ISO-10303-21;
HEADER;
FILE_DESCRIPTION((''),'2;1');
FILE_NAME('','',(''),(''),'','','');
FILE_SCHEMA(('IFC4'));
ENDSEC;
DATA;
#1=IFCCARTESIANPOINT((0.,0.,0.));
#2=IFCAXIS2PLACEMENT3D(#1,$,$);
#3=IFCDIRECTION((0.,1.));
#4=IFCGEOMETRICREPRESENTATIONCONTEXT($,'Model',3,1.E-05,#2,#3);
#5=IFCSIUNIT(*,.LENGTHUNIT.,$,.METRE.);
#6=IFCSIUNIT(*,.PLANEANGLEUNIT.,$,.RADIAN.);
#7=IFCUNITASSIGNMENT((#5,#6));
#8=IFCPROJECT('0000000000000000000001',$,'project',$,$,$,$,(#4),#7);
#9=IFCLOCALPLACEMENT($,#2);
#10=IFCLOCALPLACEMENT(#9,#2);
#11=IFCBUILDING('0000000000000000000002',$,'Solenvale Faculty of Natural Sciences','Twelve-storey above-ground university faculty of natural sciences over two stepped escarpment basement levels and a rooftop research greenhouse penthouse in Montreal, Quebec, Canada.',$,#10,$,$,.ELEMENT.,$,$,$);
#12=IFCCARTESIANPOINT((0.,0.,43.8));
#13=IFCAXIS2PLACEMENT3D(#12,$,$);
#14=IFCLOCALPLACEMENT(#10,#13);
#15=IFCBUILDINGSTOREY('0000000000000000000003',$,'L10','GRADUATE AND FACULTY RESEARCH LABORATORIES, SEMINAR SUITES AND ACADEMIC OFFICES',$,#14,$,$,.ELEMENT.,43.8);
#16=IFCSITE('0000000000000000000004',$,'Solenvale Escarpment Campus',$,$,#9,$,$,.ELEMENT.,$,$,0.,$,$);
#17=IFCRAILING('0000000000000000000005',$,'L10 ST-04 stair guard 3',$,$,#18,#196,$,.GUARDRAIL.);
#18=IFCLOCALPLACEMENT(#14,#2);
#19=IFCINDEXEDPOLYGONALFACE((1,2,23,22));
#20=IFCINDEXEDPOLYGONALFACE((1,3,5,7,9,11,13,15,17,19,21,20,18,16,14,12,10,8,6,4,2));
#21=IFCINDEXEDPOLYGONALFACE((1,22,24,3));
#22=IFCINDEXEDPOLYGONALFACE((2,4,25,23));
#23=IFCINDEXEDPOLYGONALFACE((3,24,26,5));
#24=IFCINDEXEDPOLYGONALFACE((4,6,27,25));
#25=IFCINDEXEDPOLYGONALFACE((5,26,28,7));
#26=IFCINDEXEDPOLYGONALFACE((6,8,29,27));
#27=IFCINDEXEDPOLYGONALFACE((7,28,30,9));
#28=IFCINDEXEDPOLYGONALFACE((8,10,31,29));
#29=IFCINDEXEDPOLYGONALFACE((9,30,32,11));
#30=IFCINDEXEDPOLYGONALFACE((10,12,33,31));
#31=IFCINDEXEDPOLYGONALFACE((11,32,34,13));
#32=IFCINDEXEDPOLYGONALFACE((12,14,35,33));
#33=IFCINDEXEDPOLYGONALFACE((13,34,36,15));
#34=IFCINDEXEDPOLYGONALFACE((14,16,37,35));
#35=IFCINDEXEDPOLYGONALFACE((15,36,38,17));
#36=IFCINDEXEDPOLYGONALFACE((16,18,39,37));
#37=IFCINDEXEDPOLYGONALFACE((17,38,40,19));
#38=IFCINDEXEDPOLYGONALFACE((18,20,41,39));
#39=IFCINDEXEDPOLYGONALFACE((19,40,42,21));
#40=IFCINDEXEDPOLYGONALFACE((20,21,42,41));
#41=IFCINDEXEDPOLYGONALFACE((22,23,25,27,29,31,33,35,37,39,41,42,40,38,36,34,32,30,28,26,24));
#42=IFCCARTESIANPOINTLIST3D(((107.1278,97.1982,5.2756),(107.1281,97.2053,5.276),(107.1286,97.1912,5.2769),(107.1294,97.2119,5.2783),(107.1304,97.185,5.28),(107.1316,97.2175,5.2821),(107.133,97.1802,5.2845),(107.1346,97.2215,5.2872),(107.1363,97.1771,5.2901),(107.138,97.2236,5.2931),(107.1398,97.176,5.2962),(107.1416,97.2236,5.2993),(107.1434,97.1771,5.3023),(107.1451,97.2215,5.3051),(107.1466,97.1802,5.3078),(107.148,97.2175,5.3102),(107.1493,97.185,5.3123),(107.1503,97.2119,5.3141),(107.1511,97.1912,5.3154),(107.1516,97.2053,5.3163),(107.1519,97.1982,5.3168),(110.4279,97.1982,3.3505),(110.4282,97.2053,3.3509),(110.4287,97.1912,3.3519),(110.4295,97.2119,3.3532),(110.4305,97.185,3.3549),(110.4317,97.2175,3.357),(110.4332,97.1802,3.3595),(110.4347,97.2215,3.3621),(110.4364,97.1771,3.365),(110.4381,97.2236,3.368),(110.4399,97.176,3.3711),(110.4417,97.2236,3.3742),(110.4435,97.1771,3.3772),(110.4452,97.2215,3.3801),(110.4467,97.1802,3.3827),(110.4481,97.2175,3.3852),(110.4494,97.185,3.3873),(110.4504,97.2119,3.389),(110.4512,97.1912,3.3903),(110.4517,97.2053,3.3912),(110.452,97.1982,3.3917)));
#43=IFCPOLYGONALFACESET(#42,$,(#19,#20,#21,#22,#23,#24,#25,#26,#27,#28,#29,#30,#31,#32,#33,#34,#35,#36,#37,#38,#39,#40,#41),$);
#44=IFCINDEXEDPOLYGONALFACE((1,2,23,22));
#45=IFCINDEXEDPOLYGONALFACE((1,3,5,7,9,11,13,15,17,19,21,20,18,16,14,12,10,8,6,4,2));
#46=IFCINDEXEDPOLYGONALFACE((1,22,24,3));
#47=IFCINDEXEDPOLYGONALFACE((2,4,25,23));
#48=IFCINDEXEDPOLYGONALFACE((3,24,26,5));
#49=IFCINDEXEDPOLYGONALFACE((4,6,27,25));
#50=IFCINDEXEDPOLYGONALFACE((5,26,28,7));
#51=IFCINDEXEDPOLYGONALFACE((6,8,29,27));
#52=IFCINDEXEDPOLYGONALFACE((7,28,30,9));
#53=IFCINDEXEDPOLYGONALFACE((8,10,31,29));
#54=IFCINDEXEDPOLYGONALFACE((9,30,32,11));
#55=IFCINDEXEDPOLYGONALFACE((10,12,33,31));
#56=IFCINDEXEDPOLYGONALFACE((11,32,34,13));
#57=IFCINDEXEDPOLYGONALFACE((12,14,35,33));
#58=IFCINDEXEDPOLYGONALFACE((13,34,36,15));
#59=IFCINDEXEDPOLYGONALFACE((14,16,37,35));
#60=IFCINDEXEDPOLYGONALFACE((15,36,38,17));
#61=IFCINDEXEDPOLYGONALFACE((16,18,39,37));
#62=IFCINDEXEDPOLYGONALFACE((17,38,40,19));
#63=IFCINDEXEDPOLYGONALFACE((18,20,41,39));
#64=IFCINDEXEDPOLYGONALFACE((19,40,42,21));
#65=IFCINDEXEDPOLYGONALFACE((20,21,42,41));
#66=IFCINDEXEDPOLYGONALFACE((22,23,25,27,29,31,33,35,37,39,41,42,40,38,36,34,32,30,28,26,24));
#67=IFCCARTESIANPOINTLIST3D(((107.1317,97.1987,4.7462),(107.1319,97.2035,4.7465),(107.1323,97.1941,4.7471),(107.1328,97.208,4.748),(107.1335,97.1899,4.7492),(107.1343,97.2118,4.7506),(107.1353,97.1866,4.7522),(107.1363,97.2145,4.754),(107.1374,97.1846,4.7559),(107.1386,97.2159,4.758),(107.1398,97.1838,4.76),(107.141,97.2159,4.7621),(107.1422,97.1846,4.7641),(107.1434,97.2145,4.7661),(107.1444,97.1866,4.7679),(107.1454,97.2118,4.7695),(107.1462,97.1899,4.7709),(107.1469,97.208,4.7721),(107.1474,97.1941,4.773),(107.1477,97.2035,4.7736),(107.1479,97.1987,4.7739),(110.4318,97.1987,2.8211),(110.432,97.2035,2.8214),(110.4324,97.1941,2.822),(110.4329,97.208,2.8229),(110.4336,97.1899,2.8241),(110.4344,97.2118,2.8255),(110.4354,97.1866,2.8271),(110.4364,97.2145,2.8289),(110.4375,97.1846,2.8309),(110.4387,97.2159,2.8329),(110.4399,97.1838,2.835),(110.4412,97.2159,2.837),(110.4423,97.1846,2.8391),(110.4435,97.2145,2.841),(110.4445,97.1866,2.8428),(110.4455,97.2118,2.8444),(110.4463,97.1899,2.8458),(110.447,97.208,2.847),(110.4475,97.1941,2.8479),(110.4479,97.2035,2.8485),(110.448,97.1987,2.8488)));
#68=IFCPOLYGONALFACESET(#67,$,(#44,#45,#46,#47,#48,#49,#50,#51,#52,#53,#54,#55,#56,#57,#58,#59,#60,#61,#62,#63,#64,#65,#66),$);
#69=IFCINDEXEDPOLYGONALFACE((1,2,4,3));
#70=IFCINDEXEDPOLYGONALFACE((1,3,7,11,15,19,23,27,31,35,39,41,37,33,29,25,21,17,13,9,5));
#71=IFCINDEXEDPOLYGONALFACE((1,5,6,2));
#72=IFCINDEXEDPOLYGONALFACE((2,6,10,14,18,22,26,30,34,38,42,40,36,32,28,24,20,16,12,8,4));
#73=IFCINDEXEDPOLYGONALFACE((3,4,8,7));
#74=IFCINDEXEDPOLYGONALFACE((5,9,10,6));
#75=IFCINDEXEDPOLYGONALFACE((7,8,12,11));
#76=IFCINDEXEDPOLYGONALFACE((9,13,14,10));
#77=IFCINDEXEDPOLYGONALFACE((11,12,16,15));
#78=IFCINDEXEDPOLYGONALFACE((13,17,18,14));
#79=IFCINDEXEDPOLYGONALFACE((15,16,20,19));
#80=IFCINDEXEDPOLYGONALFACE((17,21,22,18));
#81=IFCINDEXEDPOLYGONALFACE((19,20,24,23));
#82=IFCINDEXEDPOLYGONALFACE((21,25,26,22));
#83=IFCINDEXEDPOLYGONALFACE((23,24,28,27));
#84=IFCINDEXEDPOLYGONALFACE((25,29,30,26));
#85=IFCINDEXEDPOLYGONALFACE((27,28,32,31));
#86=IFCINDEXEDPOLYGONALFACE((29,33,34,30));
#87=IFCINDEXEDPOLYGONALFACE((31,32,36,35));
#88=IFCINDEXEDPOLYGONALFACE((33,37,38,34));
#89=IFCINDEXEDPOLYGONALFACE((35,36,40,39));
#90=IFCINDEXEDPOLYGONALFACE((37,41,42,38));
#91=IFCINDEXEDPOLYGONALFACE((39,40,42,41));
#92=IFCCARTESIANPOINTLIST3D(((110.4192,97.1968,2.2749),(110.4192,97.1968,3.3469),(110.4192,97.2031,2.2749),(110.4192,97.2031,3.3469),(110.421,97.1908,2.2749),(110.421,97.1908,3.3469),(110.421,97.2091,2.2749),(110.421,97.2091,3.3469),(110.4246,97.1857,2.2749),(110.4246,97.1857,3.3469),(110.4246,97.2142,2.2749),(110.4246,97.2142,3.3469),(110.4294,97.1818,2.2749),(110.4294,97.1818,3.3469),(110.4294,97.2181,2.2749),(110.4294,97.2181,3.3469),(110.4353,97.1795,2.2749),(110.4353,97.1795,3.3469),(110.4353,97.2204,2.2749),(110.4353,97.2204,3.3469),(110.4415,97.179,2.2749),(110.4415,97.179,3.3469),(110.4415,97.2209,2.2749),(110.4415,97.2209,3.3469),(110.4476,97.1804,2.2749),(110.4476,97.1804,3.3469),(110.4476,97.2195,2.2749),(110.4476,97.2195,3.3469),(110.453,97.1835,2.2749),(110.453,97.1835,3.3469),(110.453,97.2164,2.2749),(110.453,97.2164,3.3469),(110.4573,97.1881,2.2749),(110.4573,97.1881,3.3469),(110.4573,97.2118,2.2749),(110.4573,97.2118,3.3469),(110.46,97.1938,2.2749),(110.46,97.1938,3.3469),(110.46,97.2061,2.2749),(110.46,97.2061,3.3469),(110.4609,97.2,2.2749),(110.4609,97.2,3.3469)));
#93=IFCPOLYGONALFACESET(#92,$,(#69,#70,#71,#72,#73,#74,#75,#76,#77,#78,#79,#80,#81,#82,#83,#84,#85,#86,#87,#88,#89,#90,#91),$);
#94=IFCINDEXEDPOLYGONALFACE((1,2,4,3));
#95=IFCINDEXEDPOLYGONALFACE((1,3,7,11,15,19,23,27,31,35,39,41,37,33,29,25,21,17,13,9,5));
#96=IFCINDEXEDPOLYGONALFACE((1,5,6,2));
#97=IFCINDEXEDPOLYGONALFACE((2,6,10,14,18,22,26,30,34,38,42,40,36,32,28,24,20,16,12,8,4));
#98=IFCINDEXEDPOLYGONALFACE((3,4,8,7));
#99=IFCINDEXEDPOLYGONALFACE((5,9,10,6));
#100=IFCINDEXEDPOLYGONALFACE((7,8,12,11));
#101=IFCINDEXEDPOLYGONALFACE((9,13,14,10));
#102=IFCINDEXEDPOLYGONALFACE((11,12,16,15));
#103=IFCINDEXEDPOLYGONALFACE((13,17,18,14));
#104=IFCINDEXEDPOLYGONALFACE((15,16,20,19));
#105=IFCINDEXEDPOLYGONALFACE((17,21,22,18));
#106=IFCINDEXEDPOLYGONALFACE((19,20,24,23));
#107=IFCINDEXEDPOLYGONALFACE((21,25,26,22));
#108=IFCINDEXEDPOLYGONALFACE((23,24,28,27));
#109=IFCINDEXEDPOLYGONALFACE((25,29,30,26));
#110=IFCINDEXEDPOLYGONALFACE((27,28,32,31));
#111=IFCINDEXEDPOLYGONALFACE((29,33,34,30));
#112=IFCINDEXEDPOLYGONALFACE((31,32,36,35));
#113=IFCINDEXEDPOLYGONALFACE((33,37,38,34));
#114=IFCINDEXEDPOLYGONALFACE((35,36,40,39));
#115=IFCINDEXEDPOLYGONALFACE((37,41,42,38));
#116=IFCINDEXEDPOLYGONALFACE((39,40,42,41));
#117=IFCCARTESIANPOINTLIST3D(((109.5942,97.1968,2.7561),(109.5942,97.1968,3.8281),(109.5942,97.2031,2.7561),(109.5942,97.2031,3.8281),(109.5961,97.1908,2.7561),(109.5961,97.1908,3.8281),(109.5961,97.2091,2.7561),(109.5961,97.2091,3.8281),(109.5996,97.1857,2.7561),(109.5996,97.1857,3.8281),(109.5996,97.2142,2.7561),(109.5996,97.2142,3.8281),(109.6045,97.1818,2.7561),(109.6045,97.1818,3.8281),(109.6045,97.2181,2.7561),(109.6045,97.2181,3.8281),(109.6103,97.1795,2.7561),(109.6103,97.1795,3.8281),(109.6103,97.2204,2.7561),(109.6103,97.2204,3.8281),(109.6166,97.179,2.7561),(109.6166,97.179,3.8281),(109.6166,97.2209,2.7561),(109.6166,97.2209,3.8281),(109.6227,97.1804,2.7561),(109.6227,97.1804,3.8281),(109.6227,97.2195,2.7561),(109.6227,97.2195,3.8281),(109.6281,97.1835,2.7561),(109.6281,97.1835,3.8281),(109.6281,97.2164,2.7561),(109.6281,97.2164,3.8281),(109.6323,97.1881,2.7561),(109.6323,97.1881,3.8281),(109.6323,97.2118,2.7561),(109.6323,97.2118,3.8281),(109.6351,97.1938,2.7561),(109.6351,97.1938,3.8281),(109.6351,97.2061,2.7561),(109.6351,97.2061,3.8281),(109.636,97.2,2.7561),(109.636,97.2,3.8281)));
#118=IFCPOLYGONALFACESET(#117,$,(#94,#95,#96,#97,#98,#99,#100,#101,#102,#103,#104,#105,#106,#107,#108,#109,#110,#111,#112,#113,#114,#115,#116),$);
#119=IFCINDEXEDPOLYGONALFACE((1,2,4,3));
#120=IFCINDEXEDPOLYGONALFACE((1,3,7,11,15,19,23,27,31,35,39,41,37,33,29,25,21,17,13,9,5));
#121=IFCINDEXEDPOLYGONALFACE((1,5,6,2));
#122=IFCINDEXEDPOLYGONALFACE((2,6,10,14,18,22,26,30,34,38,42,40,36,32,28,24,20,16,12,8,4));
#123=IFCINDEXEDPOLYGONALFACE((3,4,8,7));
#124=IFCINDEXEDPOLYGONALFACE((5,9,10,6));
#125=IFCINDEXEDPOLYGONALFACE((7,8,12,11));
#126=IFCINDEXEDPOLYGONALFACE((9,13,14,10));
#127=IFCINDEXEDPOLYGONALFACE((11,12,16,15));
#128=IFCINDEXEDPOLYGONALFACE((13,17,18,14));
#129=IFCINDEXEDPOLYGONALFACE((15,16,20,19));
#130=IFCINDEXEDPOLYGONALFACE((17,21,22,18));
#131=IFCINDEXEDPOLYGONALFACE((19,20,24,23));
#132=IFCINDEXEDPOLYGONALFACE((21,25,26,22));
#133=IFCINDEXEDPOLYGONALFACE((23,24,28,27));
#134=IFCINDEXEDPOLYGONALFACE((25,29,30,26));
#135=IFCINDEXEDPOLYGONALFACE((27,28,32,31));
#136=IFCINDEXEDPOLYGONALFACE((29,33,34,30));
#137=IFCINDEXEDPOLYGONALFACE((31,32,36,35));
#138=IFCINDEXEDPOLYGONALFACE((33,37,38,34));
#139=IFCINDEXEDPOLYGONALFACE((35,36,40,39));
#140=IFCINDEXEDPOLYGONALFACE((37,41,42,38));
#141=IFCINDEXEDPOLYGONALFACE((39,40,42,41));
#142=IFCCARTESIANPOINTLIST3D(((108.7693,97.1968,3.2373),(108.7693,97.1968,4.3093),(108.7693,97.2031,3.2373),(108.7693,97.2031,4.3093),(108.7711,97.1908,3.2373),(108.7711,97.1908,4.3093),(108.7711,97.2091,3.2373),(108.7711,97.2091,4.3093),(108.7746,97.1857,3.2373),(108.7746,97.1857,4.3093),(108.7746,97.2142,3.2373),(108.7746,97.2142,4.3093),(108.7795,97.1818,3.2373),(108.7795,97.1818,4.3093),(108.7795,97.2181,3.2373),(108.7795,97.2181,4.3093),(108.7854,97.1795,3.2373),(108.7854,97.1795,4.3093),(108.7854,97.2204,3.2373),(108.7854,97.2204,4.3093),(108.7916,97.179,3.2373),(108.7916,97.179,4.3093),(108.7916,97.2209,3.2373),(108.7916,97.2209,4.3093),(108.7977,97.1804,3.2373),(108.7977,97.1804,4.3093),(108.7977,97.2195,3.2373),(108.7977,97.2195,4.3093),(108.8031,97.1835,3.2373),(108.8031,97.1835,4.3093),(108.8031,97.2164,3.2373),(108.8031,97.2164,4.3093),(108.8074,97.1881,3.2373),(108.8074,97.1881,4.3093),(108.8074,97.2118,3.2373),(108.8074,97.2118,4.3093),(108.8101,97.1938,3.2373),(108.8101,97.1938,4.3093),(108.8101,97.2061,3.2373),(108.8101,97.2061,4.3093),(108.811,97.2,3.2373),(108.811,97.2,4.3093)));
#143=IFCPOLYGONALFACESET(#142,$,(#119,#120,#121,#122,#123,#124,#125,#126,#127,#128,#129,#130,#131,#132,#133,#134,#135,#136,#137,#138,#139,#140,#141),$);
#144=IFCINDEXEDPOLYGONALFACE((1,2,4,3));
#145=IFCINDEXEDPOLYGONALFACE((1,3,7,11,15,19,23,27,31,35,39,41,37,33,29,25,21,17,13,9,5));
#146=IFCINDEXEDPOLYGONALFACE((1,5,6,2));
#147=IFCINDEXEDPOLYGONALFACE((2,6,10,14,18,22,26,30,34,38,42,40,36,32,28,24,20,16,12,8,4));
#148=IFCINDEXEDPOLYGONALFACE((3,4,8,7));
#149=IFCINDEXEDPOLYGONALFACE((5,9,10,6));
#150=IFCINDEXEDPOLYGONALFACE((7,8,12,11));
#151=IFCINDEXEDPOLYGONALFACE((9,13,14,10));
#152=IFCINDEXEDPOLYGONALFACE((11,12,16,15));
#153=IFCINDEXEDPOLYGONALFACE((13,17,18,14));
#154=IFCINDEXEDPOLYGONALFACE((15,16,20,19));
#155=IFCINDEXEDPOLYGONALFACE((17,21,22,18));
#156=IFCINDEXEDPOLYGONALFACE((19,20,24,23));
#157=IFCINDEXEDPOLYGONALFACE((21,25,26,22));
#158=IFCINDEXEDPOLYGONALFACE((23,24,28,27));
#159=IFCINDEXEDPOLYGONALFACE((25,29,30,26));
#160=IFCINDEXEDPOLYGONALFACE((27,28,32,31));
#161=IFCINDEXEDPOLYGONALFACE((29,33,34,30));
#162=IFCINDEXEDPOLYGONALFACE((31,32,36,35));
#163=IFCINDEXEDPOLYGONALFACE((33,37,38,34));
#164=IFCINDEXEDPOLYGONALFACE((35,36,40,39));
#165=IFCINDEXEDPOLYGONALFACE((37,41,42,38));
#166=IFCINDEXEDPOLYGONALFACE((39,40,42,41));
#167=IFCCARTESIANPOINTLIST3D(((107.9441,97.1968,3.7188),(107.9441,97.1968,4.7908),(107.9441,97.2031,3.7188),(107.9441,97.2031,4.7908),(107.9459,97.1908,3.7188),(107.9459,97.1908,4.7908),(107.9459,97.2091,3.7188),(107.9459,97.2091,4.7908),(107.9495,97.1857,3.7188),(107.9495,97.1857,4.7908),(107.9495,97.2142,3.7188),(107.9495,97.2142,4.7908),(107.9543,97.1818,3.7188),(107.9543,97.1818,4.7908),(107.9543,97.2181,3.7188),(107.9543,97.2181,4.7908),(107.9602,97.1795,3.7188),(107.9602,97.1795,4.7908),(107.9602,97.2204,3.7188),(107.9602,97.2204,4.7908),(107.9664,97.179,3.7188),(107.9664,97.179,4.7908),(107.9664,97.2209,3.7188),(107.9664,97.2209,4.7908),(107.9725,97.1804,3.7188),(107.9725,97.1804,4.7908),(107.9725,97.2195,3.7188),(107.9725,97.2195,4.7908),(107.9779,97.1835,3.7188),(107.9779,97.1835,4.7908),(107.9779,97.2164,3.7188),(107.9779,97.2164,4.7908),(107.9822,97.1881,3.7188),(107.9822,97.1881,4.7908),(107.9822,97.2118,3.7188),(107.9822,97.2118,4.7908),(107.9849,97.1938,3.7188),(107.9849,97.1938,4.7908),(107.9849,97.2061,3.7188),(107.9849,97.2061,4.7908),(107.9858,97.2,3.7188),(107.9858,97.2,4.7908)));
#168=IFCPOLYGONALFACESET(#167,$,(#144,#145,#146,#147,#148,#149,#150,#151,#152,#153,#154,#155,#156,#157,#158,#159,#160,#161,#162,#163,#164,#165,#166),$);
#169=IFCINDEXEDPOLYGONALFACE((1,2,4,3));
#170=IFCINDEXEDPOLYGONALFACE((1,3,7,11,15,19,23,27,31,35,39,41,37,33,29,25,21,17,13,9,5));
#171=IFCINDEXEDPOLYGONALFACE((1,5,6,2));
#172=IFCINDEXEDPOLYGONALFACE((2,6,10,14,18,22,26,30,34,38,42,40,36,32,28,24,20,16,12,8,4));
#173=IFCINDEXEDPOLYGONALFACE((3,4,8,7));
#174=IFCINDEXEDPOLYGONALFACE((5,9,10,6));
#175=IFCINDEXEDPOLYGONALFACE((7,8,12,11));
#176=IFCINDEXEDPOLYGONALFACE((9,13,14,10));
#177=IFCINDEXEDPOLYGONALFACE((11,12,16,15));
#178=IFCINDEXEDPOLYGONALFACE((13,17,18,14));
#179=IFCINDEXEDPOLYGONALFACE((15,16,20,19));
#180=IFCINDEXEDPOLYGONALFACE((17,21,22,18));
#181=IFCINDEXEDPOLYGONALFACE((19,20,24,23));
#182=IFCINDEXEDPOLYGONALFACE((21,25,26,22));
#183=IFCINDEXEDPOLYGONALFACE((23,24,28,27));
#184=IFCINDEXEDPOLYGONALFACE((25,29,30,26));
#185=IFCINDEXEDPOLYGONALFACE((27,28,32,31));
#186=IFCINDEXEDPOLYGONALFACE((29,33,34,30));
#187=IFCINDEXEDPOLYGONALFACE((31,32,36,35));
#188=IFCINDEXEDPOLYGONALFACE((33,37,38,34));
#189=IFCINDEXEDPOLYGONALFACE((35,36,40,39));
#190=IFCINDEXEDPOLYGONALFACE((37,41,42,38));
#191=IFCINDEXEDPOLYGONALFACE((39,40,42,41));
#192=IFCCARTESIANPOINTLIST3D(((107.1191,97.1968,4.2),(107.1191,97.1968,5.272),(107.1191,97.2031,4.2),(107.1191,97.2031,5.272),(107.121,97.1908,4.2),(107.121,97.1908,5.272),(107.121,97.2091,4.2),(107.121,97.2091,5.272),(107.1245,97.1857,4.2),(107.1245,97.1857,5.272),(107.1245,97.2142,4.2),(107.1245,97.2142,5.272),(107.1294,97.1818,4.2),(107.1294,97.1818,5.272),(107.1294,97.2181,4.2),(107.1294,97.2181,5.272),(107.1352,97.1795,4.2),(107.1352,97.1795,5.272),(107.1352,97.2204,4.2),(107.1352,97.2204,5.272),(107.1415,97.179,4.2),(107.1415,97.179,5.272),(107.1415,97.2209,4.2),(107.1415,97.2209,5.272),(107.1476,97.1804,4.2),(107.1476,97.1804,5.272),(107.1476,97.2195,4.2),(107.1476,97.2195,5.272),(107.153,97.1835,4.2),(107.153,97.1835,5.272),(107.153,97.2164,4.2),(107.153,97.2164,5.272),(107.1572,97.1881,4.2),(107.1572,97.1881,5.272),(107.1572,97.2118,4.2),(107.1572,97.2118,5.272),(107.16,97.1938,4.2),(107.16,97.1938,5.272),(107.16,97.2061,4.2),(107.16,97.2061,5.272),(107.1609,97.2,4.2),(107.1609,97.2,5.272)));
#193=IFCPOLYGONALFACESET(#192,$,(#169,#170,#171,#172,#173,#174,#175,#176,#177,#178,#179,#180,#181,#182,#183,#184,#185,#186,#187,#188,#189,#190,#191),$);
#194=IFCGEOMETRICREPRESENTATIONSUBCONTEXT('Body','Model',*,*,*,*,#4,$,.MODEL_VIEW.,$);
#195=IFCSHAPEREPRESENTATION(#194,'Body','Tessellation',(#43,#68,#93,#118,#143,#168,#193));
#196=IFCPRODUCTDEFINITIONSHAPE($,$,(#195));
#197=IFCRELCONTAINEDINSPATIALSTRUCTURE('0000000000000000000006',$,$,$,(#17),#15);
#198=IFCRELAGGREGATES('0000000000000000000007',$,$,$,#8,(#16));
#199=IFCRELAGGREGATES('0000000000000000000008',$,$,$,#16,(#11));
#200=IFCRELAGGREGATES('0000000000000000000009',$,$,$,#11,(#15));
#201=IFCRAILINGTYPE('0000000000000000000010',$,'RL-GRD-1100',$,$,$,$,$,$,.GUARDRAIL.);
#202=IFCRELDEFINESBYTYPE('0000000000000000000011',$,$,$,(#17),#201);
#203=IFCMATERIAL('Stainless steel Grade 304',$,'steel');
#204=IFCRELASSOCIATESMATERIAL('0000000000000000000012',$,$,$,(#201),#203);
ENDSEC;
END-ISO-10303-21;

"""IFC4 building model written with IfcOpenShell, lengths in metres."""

from ifc_helpers import new_model, si_unit, direction, frame, origin, origin_2d, place, context, subcontext, project, spatial, circle, extrude, material, type_object, element, save


model = new_model("IFC4")

# Units and contexts
model_context = context("Model", 3, precision=1e-05, world=origin(), true_north=direction((0.0, 1.0)))
body_context = subcontext(model_context, "Body", "Model", "MODEL_VIEW")
ifc_project = project(units=[si_unit("LENGTHUNIT", "METRE"), si_unit("PLANEANGLEUNIT", "RADIAN")], contexts=[model_context])

# Site, building, storey
site_placement = place(None, origin())
site = spatial("IfcSite", under=ifc_project, at=site_placement, Name="Solenvale Escarpment Campus", CompositionType="ELEMENT", RefElevation=0.0)
building_placement = place(site_placement, origin())
building = spatial("IfcBuilding", under=site, at=building_placement, Name="Solenvale Faculty of Natural Sciences", Description="Twelve-storey above-ground university faculty of natural sciences over two stepped escarpment basement levels and a rooftop research greenhouse penthouse in Montreal, Quebec, Canada.", CompositionType="ELEMENT")
storey_placement = place(building_placement, frame((0.0, 0.0, 43.8)))
storey = spatial("IfcBuildingStorey", under=building, at=storey_placement, Name="L10", Description="GRADUATE AND FACULTY RESEARCH LABORATORIES, SEMINAR SUITES AND ACADEMIC OFFICES", CompositionType="ELEMENT", Elevation=43.8)

# Railing
ifc_material_1 = material(Name="Stainless steel Grade 304", Category="steel")
railing_type_1 = type_object("IfcRailingType", Name="RL-GRD-1100", PredefinedType="GUARDRAIL", material=ifc_material_1)
railing_1_placement = place(storey_placement, frame((110.4399, 97.2, 2.2749)))
element("IfcRailing", 1, at=railing_1_placement, inside=storey, type_object=railing_type_1, Name="L10 ST-04 stair guard 3", PredefinedType="GUARDRAIL", context=body_context, shape_type="SweptSolid", body=[
    extrude(circle(Radius=0.0239, at=origin_2d()), frame((0.0, 0.0, 1.0962), z_axis=(-0.863777, 0.0, 0.503875), x_axis=(0.0, -1.0, 0.0)), (0.0, 0.0, 1.0), 3.8206),
    extrude(circle(Radius=0.0161, at=origin_2d()), frame((0.0, 0.0, 0.5601), z_axis=(-0.863777, 0.0, 0.503875), x_axis=(0.0, -1.0, 0.0)), (0.0, 0.0, 1.0), 3.8206),
    extrude(circle(Radius=0.021, at=origin_2d()), origin(), (0.0, 0.0, 1.0), 1.072),
    extrude(circle(Radius=0.021, at=origin_2d()), frame((-0.825, 0.0, 0.4812)), (0.0, 0.0, 1.0), 1.072),
    extrude(circle(Radius=0.021, at=origin_2d()), frame((-1.6499, 0.0, 0.9624)), (0.0, 0.0, 1.0), 1.072),
    extrude(circle(Radius=0.021, at=origin_2d()), frame((-2.4751, 0.0, 1.4438)), (0.0, 0.0, 1.0), 1.072),
    extrude(circle(Radius=0.021, at=origin_2d()), frame((-3.3, 0.0, 1.925)), (0.0, 0.0, 1.0), 1.072),
])

save(model, "model.ifc")
